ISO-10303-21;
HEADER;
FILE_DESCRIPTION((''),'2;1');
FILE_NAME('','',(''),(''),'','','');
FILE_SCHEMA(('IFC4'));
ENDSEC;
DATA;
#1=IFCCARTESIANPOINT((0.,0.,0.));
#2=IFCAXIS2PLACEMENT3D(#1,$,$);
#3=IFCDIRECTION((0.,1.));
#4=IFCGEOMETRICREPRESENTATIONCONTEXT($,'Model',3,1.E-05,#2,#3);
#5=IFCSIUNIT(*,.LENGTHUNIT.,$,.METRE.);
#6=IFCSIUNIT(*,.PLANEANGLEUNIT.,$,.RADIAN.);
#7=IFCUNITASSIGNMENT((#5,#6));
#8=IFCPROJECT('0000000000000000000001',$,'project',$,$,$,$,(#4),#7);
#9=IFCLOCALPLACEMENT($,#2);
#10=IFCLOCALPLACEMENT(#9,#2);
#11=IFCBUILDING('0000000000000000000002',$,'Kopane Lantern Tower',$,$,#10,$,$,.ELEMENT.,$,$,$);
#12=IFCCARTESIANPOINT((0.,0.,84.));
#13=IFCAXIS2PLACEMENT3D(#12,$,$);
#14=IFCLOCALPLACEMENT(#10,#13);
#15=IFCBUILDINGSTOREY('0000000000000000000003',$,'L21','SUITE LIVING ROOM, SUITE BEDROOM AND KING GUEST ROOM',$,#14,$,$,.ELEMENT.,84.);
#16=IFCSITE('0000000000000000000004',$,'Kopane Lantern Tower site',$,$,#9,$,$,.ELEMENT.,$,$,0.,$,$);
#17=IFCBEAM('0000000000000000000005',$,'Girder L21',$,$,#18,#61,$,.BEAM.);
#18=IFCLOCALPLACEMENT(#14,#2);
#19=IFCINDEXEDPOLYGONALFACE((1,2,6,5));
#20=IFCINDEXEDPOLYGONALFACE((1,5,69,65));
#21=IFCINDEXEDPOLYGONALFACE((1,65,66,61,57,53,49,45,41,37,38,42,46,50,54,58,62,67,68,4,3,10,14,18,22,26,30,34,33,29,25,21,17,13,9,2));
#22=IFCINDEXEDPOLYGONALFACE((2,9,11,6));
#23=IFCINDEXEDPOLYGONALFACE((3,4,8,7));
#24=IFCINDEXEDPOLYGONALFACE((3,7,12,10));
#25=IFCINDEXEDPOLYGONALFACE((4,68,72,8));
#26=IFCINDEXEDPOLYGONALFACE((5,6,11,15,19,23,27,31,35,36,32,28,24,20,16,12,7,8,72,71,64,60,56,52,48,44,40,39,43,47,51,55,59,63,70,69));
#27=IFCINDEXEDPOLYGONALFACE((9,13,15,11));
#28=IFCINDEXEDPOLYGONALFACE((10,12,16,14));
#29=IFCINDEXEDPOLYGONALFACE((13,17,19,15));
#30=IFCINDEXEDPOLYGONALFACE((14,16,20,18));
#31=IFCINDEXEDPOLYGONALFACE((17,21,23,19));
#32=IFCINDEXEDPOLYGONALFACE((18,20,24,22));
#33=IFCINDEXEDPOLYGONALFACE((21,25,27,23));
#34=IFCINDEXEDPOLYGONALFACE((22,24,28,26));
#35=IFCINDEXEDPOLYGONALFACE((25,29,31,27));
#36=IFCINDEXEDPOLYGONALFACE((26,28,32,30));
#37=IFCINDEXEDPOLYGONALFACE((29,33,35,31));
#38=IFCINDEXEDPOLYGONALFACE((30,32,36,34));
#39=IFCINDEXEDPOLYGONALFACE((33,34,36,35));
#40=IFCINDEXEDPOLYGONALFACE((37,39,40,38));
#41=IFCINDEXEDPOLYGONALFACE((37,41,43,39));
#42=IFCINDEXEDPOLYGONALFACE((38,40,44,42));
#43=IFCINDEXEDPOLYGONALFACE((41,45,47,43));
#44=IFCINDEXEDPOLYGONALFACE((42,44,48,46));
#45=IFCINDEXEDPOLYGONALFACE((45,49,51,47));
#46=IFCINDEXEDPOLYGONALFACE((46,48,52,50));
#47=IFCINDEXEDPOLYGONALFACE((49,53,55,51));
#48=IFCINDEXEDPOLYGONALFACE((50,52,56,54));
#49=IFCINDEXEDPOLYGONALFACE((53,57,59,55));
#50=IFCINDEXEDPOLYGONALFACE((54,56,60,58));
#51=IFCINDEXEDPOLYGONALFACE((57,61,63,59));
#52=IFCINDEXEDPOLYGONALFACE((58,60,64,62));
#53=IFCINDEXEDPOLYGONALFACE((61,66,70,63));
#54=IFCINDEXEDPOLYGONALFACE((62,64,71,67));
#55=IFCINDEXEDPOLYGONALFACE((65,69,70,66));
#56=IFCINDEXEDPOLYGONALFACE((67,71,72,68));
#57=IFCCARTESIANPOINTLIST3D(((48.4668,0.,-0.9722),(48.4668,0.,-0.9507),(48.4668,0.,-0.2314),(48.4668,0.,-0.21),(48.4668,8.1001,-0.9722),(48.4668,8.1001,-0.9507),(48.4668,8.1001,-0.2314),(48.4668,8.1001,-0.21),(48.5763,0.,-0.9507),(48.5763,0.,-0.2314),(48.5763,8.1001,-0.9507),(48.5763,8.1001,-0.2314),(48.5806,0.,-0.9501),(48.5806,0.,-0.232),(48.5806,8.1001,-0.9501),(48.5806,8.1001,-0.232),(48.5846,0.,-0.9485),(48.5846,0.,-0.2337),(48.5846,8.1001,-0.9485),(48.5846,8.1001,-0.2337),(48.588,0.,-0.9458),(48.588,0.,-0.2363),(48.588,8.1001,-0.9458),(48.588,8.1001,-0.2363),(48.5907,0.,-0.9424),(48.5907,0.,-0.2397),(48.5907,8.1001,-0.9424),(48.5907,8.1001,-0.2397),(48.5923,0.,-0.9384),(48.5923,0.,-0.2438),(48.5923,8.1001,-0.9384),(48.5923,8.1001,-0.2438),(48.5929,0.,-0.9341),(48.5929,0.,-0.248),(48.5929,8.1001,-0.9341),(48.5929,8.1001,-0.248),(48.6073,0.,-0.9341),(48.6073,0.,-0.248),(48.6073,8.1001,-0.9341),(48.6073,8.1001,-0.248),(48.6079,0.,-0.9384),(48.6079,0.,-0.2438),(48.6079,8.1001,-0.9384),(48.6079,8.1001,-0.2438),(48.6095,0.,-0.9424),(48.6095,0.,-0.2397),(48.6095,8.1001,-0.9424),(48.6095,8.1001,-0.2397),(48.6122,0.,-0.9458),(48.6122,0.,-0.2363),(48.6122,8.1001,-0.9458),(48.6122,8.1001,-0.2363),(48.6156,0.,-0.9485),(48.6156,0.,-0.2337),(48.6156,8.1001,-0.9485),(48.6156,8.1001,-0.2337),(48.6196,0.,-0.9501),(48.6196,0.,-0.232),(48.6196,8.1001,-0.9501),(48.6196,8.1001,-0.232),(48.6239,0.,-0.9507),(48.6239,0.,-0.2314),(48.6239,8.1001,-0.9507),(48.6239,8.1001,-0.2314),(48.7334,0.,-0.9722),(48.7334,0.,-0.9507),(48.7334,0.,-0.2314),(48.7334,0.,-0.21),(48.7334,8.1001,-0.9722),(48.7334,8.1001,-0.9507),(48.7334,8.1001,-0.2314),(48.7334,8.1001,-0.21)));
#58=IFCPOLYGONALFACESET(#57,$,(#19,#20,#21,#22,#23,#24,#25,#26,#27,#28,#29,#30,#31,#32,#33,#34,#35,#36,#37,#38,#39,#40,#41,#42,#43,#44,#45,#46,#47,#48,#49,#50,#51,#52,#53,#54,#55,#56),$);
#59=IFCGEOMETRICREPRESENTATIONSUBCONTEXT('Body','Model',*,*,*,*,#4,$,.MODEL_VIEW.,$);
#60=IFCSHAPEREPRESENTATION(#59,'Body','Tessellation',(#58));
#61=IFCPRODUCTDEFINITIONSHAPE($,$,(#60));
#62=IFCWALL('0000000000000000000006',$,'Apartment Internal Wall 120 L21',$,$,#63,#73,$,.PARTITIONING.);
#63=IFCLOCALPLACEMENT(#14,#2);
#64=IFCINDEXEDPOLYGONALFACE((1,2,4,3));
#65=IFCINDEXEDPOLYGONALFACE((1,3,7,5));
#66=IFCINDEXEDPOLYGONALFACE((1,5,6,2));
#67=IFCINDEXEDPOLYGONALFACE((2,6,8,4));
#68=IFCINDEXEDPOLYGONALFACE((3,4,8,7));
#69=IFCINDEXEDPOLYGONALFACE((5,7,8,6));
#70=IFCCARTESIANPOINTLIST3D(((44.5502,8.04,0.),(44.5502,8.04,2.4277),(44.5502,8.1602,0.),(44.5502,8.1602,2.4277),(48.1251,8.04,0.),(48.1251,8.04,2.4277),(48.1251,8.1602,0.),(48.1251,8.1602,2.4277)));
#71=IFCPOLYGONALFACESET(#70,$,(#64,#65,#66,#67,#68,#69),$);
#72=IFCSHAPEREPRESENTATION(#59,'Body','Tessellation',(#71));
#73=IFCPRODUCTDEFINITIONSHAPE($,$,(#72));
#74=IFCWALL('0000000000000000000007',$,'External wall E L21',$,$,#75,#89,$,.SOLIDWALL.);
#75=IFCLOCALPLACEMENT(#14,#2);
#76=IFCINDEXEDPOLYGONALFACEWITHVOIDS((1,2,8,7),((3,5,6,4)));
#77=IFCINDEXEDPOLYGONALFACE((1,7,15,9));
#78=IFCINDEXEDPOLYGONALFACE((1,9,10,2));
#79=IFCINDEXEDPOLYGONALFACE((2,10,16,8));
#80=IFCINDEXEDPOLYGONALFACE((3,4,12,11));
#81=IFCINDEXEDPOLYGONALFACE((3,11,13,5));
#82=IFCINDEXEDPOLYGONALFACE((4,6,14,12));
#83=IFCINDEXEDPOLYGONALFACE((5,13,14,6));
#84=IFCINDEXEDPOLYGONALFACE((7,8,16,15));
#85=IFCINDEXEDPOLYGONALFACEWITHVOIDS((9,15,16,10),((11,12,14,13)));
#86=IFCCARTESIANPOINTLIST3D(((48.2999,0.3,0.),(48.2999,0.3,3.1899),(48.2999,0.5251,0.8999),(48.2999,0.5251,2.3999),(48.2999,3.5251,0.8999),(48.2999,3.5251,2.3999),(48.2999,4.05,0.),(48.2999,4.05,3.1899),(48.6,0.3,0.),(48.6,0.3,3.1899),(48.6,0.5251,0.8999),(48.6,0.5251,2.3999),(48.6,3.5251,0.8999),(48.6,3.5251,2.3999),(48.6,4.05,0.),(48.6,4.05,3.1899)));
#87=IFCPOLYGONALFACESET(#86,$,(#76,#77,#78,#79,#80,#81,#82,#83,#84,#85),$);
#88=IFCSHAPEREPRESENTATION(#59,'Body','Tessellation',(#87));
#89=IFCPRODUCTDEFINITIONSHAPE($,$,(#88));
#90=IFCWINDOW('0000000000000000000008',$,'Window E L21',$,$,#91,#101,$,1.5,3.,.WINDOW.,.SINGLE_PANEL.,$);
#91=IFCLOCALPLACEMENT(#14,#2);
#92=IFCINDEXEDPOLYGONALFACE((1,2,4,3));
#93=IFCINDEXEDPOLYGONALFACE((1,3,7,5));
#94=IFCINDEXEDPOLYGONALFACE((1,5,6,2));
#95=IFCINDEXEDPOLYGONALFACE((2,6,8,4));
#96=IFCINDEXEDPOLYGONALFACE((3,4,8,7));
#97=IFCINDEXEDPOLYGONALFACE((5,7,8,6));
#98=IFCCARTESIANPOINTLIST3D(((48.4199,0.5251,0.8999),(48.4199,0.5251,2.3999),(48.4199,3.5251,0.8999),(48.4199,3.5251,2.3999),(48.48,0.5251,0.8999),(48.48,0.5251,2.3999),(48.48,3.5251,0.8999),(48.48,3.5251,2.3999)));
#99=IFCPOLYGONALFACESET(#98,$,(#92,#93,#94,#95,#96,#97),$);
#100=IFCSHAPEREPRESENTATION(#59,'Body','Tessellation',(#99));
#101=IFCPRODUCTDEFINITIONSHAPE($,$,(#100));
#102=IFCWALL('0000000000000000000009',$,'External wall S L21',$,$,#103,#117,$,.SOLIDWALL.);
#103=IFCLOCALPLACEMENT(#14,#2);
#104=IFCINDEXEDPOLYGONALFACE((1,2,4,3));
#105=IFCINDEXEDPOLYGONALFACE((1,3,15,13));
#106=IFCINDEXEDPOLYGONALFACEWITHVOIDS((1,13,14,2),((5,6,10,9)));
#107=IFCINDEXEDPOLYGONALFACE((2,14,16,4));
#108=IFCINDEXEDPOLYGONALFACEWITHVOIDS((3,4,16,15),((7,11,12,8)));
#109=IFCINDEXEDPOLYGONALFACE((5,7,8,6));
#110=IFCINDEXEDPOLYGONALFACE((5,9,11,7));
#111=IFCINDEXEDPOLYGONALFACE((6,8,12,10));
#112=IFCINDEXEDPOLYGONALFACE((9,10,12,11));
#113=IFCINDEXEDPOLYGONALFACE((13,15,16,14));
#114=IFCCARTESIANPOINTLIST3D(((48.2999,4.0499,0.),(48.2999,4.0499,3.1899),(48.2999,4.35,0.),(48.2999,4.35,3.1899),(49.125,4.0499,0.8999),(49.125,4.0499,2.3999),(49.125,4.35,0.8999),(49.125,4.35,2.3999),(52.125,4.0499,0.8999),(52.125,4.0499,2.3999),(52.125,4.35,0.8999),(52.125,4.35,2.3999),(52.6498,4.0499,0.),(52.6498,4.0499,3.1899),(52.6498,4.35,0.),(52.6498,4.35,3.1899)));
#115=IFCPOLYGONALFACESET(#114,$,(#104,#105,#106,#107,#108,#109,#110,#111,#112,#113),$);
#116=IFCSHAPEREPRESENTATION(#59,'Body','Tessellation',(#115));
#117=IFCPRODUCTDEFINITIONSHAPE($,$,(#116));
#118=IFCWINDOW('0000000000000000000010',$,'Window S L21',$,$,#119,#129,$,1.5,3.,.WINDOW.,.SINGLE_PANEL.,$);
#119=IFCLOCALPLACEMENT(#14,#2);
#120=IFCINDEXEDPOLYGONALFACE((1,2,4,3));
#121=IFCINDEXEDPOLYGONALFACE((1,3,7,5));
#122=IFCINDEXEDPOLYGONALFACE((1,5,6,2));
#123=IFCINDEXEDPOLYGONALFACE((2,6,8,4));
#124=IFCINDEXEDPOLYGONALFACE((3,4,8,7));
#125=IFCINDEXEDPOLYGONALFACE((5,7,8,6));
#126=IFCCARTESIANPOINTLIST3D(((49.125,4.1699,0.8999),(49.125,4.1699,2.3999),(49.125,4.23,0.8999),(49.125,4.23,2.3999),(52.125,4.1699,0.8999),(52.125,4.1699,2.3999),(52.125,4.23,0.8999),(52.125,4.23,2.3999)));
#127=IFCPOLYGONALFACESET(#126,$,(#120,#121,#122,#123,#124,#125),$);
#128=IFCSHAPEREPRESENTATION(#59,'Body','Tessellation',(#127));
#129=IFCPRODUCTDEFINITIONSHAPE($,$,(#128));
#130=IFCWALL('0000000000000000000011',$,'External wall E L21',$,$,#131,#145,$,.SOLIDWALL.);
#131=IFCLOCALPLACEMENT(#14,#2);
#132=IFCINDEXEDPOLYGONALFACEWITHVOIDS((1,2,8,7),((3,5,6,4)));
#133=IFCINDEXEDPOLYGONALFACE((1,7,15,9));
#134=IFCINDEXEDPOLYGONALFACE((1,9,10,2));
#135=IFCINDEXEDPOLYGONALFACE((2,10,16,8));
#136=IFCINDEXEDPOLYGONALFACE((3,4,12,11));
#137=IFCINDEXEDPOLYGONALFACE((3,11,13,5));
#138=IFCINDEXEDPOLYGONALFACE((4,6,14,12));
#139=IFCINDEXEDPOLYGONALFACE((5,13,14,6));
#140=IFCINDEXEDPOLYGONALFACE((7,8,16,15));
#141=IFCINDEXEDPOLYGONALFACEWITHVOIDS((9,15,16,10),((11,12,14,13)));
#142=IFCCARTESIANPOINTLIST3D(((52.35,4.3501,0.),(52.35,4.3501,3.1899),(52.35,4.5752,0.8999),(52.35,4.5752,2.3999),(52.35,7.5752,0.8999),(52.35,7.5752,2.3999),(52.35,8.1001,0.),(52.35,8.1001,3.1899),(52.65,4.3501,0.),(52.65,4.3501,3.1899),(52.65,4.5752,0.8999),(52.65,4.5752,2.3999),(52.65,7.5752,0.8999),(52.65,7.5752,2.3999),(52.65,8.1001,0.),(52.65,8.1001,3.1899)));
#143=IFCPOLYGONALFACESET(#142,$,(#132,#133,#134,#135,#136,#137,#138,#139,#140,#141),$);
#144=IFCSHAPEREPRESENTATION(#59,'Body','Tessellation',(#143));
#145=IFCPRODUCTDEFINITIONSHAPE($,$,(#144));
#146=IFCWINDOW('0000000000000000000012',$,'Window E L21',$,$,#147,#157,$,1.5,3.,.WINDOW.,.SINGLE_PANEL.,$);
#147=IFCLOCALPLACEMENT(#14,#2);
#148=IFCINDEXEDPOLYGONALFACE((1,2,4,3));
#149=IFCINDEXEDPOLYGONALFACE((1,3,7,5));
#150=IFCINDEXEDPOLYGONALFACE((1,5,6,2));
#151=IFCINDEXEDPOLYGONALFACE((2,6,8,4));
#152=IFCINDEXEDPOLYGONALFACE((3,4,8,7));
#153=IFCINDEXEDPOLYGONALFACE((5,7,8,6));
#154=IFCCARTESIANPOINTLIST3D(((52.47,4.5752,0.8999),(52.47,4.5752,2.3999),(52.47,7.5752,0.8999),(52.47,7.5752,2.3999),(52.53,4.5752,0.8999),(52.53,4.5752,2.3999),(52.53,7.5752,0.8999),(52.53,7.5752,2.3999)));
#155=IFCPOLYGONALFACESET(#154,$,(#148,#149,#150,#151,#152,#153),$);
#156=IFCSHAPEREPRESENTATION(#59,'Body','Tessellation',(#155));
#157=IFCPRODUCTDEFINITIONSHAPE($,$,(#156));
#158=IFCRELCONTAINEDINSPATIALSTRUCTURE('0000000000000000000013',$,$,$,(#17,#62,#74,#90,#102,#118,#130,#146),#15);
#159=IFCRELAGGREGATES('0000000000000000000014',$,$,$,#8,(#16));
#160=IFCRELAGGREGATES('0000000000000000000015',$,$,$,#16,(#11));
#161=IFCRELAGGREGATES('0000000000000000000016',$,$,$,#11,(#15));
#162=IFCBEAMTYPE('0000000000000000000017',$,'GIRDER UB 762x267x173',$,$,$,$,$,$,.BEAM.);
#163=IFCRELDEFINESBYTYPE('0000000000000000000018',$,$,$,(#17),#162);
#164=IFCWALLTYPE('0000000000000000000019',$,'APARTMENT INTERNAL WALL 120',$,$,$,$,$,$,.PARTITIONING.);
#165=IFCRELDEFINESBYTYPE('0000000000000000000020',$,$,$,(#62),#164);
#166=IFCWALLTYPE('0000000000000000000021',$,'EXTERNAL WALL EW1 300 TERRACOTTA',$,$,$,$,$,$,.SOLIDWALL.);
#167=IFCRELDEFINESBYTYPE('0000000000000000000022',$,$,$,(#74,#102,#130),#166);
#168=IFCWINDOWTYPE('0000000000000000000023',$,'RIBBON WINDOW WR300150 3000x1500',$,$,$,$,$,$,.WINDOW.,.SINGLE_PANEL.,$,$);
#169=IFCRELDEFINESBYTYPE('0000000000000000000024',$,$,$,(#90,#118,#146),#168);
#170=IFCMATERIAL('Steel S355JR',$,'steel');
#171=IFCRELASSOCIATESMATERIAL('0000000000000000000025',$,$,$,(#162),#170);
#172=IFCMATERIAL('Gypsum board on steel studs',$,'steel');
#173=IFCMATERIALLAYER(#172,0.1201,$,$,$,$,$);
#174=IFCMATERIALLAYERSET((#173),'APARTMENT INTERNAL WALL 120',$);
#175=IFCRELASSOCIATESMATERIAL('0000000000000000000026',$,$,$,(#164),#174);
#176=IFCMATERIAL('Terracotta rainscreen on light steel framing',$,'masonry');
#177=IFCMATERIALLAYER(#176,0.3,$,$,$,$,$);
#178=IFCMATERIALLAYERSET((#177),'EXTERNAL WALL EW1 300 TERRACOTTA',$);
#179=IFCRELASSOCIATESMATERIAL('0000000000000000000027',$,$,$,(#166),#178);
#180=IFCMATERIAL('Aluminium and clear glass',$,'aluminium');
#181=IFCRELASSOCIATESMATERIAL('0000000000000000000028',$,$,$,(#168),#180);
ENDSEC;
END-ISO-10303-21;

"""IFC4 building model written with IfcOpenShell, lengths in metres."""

from ifc_helpers import new_model, si_unit, direction, frame, frame_2d, origin, origin_2d, place, context, subcontext, project, spatial, rectangle, i_section, extrude, material, layer, layer_set, material_profile, profile_set, type_object, element, fill, save


model = new_model("IFC4")

# Units and contexts
model_context = context("Model", 3, precision=1e-05, world=origin(), true_north=direction((0.0, 1.0)))
body_context = subcontext(model_context, "Body", "Model", "MODEL_VIEW")
ifc_project = project(units=[si_unit("LENGTHUNIT", "METRE"), si_unit("PLANEANGLEUNIT", "RADIAN")], contexts=[model_context])

# Site, building, storey
site_placement = place(None, origin())
site = spatial("IfcSite", under=ifc_project, at=site_placement, Name="Kopane Lantern Tower site", CompositionType="ELEMENT", RefElevation=0.0)
building_placement = place(site_placement, origin())
building = spatial("IfcBuilding", under=site, at=building_placement, Name="Kopane Lantern Tower", CompositionType="ELEMENT")
storey_placement = place(building_placement, frame((0.0, 0.0, 84.0)))
storey = spatial("IfcBuildingStorey", under=building, at=storey_placement, Name="L21", Description="SUITE LIVING ROOM, SUITE BEDROOM AND KING GUEST ROOM", CompositionType="ELEMENT", Elevation=84.0)

# Beam
ifc_material_1 = material(Name="Steel S355JR", Category="steel")
ifc_material_profile_1 = material_profile(ifc_material_1, i_section(OverallWidth=0.2666, OverallDepth=0.7622, WebThickness=0.0144, FlangeThickness=0.0215, FilletRadius=0.0166, at=origin_2d()), Name="UB 762x267x173")
ifc_profile_set_1 = profile_set([ifc_material_profile_1], Name="Steel S355JR")
beam_type_1 = type_object("IfcBeamType", Name="GIRDER UB 762x267x173", PredefinedType="BEAM", material=ifc_profile_set_1)
beam_1_placement = place(storey_placement, frame((48.6001, 0.0, -0.5911), z_axis=(0.0, 1.0, 0.0), x_axis=(-1.0, 0.0, 0.0)))
element("IfcBeam", 1, at=beam_1_placement, inside=storey, type_object=beam_type_1, Name="Girder L21", PredefinedType="BEAM", context=body_context, shape_type="SweptSolid", body=[
    extrude(i_section(OverallWidth=0.2666, OverallDepth=0.7622, WebThickness=0.0144, FlangeThickness=0.0215, FilletRadius=0.0166, at=origin_2d()), origin(), (0.0, 0.0, 1.0), 8.1001),
])

# Wall
ifc_material_2 = material(Name="Gypsum board on steel studs", Category="steel")
ifc_layer_1 = layer(ifc_material_2, 0.1201)
ifc_layer_set_1 = layer_set([ifc_layer_1], Name="APARTMENT INTERNAL WALL 120")
wall_type_1 = type_object("IfcWallType", Name="APARTMENT INTERNAL WALL 120", PredefinedType="PARTITIONING", material=ifc_layer_set_1)
wall_1_placement = place(storey_placement, frame((44.55, 8.1001, 0.0), z_axis=(0.0, 0.0, 1.0), x_axis=(1.0, 0.0, 0.0)))
element("IfcWall", 2, at=wall_1_placement, inside=storey, type_object=wall_type_1, Name="Apartment Internal Wall 120 L21", PredefinedType="PARTITIONING", context=body_context, shape_type="SweptSolid", body=[
    extrude(rectangle(XDim=3.575, YDim=0.1201, at=frame_2d((1.7876, 0.0))), origin(), (0.0, 0.0, 1.0), 2.4277),
])

# Walls, openings, windows
ifc_material_3 = material(Name="Terracotta rainscreen on light steel framing", Category="masonry")
ifc_layer_2 = layer(ifc_material_3, 0.3)
ifc_layer_set_2 = layer_set([ifc_layer_2], Name="EXTERNAL WALL EW1 300 TERRACOTTA")
wall_type_2 = type_object("IfcWallType", Name="EXTERNAL WALL EW1 300 TERRACOTTA", PredefinedType="SOLIDWALL", material=ifc_layer_set_2)
wall_2_placement = place(storey_placement, frame((48.45, 0.3, 0.0), z_axis=(0.0, 0.0, 1.0), x_axis=(0.0, 1.0, 0.0)))
wall_2 = element("IfcWall", 3, at=wall_2_placement, inside=storey, type_object=wall_type_2, Name="External wall E L21", PredefinedType="SOLIDWALL", context=body_context, shape_type="SweptSolid", body=[
    extrude(rectangle(XDim=3.75, YDim=0.3, at=frame_2d((1.875, 0.0))), origin(), (0.0, 0.0, 1.0), 3.1899),
])
opening_1_placement = place(wall_2_placement, frame((0.2251, 0.0, 0.8999)))
opening_1 = element("IfcOpeningElement", 4, at=opening_1_placement, cuts=wall_2, PredefinedType="OPENING", context=body_context, shape_type="SweptSolid", body=[
    extrude(rectangle(XDim=3.0, YDim=1.5, at=frame_2d((1.5, 0.75))), frame((0.0, 0.1599, 0.0), z_axis=(0.0, -1.0, 0.0), x_axis=(1.0, 0.0, 0.0)), (0.0, 0.0, 1.0), 0.3201),
])
ifc_material_4 = material(Name="Aluminium and clear glass", Category="aluminium")
window_type = type_object("IfcWindowType", Name="RIBBON WINDOW WR300150 3000x1500", PartitioningType="SINGLE_PANEL", PredefinedType="WINDOW", material=ifc_material_4)
window_1_placement = place(opening_1_placement, origin())
window_1 = element("IfcWindow", 5, at=window_1_placement, inside=storey, type_object=window_type, Name="Window E L21", OverallHeight=1.5, OverallWidth=3.0, PartitioningType="SINGLE_PANEL", PredefinedType="WINDOW", context=body_context, shape_type="SweptSolid", body=[
    extrude(rectangle(XDim=3.0, YDim=1.5, at=frame_2d((1.5, 0.75))), frame((0.0, 0.03, 0.0), z_axis=(0.0, -1.0, 0.0), x_axis=(1.0, 0.0, 0.0)), (0.0, 0.0, 1.0), 0.0601),
])
fill(opening_1, window_1)
wall_3_placement = place(storey_placement, frame((48.3, 4.2, 0.0), z_axis=(0.0, 0.0, 1.0), x_axis=(1.0, 0.0, 0.0)))
wall_3 = element("IfcWall", 6, at=wall_3_placement, inside=storey, type_object=wall_type_2, Name="External wall S L21", PredefinedType="SOLIDWALL", context=body_context, shape_type="SweptSolid", body=[
    extrude(rectangle(XDim=4.3499, YDim=0.3, at=frame_2d((2.1748, 0.0))), origin(), (0.0, 0.0, 1.0), 3.1899),
])
opening_2_placement = place(wall_3_placement, frame((0.825, 0.0, 0.8999)))
opening_2 = element("IfcOpeningElement", 7, at=opening_2_placement, cuts=wall_3, PredefinedType="OPENING", context=body_context, shape_type="SweptSolid", body=[
    extrude(rectangle(XDim=3.0, YDim=1.5, at=frame_2d((1.5, 0.75))), frame((0.0, 0.1599, 0.0), z_axis=(0.0, -1.0, 0.0), x_axis=(1.0, 0.0, 0.0)), (0.0, 0.0, 1.0), 0.3201),
])
window_2_placement = place(opening_2_placement, origin())
window_2 = element("IfcWindow", 8, at=window_2_placement, inside=storey, type_object=window_type, Name="Window S L21", OverallHeight=1.5, OverallWidth=3.0, PartitioningType="SINGLE_PANEL", PredefinedType="WINDOW", context=body_context, shape_type="SweptSolid", body=[
    extrude(rectangle(XDim=3.0, YDim=1.5, at=frame_2d((1.5, 0.75))), frame((0.0, 0.03, 0.0), z_axis=(0.0, -1.0, 0.0), x_axis=(1.0, 0.0, 0.0)), (0.0, 0.0, 1.0), 0.0601),
])
fill(opening_2, window_2)
wall_4_placement = place(storey_placement, frame((52.5, 4.3501, 0.0), z_axis=(0.0, 0.0, 1.0), x_axis=(0.0, 1.0, 0.0)))
wall_4 = element("IfcWall", 9, at=wall_4_placement, inside=storey, type_object=wall_type_2, Name="External wall E L21", PredefinedType="SOLIDWALL", context=body_context, shape_type="SweptSolid", body=[
    extrude(rectangle(XDim=3.75, YDim=0.3, at=frame_2d((1.875, 0.0))), origin(), (0.0, 0.0, 1.0), 3.1899),
])
opening_3_placement = place(wall_4_placement, frame((0.2251, 0.0, 0.8999)))
opening_3 = element("IfcOpeningElement", 10, at=opening_3_placement, cuts=wall_4, PredefinedType="OPENING", context=body_context, shape_type="SweptSolid", body=[
    extrude(rectangle(XDim=3.0, YDim=1.5, at=frame_2d((1.5, 0.75))), frame((0.0, 0.1599, 0.0), z_axis=(0.0, -1.0, 0.0), x_axis=(1.0, 0.0, 0.0)), (0.0, 0.0, 1.0), 0.3201),
])
window_3_placement = place(opening_3_placement, origin())
window_3 = element("IfcWindow", 11, at=window_3_placement, inside=storey, type_object=window_type, Name="Window E L21", OverallHeight=1.5, OverallWidth=3.0, PartitioningType="SINGLE_PANEL", PredefinedType="WINDOW", context=body_context, shape_type="SweptSolid", body=[
    extrude(rectangle(XDim=3.0, YDim=1.5, at=frame_2d((1.5, 0.75))), frame((0.0, 0.03, 0.0), z_axis=(0.0, -1.0, 0.0), x_axis=(1.0, 0.0, 0.0)), (0.0, 0.0, 1.0), 0.0601),
])
fill(opening_3, window_3)

save(model, "model.ifc")
